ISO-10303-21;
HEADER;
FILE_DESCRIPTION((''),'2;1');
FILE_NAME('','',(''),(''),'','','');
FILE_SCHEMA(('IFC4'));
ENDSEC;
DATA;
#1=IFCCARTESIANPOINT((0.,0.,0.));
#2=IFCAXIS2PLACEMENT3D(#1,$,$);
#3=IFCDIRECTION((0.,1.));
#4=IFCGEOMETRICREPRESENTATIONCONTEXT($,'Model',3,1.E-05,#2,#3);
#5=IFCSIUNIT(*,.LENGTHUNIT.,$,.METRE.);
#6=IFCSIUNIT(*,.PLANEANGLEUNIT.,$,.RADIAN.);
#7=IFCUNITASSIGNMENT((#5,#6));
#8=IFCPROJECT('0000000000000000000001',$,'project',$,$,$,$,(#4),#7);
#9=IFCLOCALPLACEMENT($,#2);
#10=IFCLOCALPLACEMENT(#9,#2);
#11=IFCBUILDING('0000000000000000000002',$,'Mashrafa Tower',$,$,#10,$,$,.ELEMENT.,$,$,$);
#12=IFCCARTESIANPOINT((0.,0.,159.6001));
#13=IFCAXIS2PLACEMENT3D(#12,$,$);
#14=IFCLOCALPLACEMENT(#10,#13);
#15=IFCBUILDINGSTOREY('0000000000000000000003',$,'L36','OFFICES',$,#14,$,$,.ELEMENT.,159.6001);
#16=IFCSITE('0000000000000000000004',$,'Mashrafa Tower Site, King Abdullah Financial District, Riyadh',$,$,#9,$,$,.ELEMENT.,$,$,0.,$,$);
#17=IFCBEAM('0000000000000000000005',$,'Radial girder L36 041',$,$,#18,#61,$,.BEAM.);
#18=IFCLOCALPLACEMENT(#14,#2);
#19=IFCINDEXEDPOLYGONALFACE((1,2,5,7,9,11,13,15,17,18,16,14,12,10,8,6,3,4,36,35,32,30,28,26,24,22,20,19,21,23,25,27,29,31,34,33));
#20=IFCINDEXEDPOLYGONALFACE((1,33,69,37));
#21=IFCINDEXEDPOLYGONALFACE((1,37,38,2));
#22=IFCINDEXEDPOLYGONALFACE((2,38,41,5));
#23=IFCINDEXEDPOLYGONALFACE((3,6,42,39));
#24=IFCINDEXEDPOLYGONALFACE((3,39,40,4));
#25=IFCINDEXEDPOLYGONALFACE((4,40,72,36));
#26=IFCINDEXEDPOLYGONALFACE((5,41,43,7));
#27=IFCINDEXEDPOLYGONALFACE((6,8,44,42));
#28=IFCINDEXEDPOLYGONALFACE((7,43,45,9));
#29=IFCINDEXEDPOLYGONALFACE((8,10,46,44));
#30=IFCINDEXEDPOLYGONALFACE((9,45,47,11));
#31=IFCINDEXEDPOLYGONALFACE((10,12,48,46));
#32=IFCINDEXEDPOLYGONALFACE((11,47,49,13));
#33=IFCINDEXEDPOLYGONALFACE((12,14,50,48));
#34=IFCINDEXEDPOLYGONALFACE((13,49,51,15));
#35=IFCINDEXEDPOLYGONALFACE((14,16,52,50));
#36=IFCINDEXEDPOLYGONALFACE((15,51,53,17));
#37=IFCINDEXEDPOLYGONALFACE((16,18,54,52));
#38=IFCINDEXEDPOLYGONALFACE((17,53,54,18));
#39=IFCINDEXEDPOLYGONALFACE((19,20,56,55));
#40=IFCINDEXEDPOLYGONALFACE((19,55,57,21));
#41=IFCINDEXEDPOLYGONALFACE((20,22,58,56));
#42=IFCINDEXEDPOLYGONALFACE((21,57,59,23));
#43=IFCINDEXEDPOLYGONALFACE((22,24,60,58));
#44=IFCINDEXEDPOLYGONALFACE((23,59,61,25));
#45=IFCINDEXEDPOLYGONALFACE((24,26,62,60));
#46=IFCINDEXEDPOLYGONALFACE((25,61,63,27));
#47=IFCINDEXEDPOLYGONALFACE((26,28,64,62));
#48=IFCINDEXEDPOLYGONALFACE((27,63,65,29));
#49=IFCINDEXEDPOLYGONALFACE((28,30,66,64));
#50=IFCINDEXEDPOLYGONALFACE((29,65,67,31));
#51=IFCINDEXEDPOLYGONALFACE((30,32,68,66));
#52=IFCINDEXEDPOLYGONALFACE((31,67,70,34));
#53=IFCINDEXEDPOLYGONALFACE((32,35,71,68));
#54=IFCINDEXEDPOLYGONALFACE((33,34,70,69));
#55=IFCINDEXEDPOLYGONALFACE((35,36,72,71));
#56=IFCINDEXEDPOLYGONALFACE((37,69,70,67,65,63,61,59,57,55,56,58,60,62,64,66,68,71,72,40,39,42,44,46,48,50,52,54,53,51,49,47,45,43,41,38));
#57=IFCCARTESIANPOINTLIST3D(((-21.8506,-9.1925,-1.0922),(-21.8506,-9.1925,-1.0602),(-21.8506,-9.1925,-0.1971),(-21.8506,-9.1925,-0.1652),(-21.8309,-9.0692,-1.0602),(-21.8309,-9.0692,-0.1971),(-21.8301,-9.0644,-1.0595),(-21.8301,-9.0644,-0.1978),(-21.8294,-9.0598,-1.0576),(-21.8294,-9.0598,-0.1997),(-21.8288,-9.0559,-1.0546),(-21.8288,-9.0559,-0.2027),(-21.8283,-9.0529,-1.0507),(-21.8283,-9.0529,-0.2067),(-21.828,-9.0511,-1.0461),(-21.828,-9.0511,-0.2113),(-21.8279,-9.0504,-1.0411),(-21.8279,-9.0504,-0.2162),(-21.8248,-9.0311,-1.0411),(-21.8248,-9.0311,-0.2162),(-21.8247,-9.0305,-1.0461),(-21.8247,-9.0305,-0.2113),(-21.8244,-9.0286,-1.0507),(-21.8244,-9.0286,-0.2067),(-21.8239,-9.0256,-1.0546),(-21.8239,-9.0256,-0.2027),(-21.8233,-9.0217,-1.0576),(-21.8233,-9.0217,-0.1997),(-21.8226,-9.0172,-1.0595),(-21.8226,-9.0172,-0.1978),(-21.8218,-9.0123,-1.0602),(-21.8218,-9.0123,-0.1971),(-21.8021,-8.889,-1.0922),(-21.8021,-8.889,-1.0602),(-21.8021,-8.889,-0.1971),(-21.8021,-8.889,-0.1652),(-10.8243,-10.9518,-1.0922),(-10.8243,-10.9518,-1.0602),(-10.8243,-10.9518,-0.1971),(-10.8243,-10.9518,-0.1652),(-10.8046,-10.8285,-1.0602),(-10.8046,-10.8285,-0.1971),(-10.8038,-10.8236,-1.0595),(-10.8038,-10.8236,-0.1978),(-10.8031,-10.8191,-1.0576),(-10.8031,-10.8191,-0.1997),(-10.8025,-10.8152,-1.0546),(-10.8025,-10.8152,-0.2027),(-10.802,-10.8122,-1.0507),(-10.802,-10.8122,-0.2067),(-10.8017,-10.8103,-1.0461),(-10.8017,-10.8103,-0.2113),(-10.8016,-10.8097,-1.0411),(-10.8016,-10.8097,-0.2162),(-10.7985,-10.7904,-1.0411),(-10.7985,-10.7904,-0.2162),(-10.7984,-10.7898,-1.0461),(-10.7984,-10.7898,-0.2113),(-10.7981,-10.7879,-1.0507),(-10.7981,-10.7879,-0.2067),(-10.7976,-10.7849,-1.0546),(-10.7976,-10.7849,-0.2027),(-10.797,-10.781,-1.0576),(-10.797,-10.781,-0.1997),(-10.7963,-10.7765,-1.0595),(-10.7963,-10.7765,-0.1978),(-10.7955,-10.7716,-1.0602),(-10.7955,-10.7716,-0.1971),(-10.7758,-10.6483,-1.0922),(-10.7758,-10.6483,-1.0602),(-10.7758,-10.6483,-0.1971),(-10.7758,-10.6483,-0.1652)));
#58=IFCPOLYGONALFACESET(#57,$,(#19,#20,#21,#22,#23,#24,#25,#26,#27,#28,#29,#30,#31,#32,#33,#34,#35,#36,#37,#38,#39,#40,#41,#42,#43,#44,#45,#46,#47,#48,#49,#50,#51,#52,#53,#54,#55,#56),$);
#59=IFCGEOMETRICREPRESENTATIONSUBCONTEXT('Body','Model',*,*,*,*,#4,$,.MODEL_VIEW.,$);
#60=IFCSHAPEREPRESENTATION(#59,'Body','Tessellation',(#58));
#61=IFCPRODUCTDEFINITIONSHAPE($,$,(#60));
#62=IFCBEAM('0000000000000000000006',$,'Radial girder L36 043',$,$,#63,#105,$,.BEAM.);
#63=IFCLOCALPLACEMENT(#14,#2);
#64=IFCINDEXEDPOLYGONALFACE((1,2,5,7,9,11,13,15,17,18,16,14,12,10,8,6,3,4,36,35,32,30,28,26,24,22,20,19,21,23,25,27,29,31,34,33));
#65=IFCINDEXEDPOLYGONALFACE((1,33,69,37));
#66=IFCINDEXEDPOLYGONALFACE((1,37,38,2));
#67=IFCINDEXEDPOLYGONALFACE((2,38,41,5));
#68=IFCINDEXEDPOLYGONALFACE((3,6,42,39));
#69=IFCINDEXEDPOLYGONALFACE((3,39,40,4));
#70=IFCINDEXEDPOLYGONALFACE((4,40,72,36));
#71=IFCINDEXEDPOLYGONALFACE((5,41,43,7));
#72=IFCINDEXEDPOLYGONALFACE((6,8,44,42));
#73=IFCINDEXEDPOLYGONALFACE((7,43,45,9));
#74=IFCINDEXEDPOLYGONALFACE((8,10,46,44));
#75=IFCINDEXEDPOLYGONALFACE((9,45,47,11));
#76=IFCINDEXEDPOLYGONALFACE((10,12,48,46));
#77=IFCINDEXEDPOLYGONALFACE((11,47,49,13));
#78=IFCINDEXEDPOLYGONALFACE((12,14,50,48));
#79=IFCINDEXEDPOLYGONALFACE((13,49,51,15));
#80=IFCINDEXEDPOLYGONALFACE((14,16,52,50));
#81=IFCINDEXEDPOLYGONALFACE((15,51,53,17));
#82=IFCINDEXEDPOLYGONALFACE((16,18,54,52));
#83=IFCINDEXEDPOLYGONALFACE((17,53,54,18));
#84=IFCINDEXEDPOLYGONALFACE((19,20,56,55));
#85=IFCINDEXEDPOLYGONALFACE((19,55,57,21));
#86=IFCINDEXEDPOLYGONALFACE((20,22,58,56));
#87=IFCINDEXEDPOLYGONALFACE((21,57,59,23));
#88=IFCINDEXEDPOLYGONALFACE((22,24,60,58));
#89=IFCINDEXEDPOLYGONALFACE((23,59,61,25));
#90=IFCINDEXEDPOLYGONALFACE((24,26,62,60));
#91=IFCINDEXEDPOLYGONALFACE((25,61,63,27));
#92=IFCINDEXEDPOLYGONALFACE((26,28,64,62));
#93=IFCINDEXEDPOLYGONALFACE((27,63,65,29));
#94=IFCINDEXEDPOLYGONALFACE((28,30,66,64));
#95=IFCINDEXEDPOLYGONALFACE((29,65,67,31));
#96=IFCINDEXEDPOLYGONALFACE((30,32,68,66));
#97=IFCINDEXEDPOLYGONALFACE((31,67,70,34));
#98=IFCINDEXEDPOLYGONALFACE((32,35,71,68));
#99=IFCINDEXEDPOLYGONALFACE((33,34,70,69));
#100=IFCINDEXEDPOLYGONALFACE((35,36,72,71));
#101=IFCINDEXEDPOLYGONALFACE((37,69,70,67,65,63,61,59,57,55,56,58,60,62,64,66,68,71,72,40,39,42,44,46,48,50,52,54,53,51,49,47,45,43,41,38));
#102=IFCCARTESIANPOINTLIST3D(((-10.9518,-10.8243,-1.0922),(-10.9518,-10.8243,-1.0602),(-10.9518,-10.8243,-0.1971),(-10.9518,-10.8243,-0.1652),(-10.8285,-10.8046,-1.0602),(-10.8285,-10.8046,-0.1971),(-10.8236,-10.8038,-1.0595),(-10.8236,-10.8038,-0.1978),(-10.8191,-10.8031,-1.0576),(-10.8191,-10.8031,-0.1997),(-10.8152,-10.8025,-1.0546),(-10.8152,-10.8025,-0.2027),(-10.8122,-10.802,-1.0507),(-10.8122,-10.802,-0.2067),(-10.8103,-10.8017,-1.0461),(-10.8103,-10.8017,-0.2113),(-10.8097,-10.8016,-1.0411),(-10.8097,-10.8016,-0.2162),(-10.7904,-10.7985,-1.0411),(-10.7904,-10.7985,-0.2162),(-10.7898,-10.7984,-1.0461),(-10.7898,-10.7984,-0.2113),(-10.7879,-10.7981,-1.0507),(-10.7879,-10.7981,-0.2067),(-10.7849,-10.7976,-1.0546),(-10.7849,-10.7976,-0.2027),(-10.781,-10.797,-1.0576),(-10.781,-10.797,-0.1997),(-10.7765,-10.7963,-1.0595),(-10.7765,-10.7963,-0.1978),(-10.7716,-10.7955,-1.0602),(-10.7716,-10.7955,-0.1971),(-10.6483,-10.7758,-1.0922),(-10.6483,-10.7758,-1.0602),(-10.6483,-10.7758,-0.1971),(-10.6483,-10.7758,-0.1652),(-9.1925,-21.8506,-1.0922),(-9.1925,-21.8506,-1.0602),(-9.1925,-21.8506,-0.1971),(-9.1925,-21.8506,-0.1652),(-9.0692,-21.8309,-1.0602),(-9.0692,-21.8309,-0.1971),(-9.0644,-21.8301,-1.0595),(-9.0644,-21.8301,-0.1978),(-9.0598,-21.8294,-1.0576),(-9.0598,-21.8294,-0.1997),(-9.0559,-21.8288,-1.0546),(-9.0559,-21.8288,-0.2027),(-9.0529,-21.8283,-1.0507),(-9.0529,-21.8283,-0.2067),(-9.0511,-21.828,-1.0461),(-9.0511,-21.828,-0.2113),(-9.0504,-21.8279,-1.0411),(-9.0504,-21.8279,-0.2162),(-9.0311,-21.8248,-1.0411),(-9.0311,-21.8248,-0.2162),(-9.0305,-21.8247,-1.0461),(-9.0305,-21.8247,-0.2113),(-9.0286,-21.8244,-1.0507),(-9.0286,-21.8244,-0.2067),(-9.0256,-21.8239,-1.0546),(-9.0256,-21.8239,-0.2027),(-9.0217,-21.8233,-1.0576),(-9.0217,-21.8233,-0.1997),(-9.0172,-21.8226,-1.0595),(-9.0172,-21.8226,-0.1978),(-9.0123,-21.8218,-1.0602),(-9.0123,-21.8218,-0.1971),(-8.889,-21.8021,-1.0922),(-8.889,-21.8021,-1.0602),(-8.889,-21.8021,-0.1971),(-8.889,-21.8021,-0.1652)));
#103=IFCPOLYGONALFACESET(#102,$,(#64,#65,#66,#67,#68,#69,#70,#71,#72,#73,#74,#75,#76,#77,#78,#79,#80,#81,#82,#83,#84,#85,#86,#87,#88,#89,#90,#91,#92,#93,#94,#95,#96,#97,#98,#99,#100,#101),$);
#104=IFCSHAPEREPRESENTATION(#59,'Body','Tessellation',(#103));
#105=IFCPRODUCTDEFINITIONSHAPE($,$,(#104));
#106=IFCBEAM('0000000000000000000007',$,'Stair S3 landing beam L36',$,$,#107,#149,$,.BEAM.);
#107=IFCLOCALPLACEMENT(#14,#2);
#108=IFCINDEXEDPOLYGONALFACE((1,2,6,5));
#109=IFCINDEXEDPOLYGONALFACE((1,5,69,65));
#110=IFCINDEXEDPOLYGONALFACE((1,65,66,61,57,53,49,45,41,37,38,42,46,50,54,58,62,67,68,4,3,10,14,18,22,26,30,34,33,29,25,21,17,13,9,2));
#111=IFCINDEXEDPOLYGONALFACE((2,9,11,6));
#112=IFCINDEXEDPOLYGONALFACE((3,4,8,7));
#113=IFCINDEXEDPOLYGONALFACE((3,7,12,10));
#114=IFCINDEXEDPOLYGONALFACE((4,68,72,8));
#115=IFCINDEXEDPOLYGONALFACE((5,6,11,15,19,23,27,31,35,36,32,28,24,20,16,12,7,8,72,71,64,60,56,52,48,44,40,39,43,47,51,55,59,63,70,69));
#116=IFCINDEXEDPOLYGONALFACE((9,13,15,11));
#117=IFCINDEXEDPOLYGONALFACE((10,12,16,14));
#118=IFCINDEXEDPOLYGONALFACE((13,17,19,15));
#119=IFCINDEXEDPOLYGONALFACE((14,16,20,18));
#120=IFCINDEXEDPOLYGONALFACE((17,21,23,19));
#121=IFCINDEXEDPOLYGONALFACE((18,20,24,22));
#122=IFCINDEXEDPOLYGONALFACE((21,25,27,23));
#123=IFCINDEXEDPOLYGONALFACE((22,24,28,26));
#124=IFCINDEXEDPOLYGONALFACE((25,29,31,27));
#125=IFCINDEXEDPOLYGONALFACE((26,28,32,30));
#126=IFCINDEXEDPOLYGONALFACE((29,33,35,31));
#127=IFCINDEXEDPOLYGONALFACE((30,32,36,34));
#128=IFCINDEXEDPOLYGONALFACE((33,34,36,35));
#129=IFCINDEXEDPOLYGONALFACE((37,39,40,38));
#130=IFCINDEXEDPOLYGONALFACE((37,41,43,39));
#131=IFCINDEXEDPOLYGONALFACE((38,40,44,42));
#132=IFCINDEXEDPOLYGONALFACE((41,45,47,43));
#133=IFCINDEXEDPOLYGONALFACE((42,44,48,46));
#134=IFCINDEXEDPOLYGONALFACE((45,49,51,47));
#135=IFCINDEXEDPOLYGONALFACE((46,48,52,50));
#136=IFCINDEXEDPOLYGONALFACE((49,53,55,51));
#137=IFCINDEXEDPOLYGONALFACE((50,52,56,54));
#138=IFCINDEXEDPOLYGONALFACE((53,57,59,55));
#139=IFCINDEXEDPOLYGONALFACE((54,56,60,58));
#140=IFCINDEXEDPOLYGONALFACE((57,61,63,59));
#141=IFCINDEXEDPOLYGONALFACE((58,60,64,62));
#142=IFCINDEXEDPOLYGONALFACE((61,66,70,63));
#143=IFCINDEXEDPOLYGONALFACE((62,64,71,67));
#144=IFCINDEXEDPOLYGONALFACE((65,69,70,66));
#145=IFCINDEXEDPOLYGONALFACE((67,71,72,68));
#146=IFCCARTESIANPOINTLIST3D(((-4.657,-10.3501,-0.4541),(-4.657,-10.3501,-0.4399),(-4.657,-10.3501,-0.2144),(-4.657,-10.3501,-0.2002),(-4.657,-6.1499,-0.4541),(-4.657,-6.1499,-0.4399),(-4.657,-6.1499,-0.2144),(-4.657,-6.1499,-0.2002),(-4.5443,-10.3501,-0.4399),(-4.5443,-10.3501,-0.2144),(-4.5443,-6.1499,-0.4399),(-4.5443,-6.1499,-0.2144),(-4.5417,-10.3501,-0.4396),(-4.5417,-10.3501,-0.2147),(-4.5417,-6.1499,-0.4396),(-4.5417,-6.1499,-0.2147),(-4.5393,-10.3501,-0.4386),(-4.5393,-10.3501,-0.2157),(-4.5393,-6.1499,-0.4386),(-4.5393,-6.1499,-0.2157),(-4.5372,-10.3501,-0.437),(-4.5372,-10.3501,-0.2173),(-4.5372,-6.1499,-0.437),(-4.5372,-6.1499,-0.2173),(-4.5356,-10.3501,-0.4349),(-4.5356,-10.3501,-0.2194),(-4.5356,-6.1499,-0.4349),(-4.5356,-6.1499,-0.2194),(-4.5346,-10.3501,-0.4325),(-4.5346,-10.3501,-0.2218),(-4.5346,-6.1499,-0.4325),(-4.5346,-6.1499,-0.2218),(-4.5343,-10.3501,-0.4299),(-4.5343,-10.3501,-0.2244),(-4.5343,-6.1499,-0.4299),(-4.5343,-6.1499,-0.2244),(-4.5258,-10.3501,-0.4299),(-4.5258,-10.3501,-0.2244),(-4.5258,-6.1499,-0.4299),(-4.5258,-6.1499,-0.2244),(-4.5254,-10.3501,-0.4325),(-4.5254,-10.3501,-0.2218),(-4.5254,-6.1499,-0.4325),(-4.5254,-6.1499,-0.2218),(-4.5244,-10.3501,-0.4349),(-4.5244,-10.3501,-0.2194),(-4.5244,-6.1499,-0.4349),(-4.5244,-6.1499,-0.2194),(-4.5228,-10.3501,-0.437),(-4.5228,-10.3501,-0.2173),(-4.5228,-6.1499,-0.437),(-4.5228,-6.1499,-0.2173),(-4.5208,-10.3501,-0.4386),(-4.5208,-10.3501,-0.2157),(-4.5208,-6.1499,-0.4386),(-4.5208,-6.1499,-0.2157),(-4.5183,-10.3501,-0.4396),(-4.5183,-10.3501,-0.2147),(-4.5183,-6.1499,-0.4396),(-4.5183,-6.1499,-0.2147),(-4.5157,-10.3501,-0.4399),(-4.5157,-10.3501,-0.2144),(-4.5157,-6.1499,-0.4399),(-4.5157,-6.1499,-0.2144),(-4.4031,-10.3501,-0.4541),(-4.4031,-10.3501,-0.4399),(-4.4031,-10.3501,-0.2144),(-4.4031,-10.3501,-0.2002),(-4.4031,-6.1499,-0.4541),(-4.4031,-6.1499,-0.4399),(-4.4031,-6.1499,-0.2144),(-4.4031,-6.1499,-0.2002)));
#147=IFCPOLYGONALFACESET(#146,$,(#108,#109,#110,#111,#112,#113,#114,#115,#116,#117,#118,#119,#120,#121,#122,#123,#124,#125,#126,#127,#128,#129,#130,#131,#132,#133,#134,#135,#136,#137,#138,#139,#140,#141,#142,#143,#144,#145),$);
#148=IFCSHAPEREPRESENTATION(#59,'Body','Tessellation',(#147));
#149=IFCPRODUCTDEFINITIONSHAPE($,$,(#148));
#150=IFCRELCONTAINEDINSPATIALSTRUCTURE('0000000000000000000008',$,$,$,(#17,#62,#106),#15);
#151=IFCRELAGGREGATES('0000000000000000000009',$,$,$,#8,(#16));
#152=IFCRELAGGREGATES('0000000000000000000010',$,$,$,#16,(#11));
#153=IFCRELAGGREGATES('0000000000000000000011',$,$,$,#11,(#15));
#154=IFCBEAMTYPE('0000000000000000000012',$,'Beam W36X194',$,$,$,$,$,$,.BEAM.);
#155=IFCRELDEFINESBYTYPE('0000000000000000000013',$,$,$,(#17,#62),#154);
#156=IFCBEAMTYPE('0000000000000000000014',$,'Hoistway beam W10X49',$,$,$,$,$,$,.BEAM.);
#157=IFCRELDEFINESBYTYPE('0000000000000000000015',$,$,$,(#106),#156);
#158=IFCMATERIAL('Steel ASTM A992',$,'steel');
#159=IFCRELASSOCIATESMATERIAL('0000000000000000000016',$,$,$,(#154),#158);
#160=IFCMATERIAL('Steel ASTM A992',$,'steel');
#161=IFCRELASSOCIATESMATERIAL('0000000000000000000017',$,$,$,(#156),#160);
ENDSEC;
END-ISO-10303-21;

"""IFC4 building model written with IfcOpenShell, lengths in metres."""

from ifc_helpers import new_model, si_unit, direction, frame, origin, origin_2d, place, context, subcontext, project, spatial, i_section, extrude, material, material_profile, profile_set, type_object, element, save


model = new_model("IFC4")

# Units and contexts
model_context = context("Model", 3, precision=1e-05, world=origin(), true_north=direction((0.0, 1.0)))
body_context = subcontext(model_context, "Body", "Model", "MODEL_VIEW")
ifc_project = project(units=[si_unit("LENGTHUNIT", "METRE"), si_unit("PLANEANGLEUNIT", "RADIAN")], contexts=[model_context])

# Site, building, storey
site_placement = place(None, origin())
site = spatial("IfcSite", under=ifc_project, at=site_placement, Name="Mashrafa Tower Site, King Abdullah Financial District, Riyadh", CompositionType="ELEMENT", RefElevation=0.0)
building_placement = place(site_placement, origin())
building = spatial("IfcBuilding", under=site, at=building_placement, Name="Mashrafa Tower", CompositionType="ELEMENT")
storey_placement = place(building_placement, frame((0.0, 0.0, 159.6001)))
storey = spatial("IfcBuildingStorey", under=building, at=storey_placement, Name="L36", Description="OFFICES", CompositionType="ELEMENT", Elevation=159.6001)

# Beams
ifc_material_1 = material(Name="Steel ASTM A992", Category="steel")
ifc_material_profile_1 = material_profile(ifc_material_1, i_section(OverallWidth=0.3074, OverallDepth=0.927, WebThickness=0.0195, FlangeThickness=0.032, FilletRadius=0.019, at=origin_2d()), Name="W36X194")
ifc_profile_set_1 = profile_set([ifc_material_profile_1], Name="Steel ASTM A992")
beam_type_1 = type_object("IfcBeamType", Name="Beam W36X194", PredefinedType="BEAM", material=ifc_profile_set_1)
for number, where, z_axis, x_axis, name in (
    (1, (-10.8, -10.8, -0.6287), (-0.98751, 0.157559, 0.0), (-0.157559, -0.98751, 0.0), "Radial girder L36 041"),
    (2, (-10.8, -10.8, -0.6287), (0.157559, -0.98751, 0.0), (0.98751, 0.157559, 0.0), "Radial girder L36 043"),
):
    element("IfcBeam", number, at=place(storey_placement, frame(where, z_axis=z_axis, x_axis=x_axis)), inside=storey, type_object=beam_type_1, Name=name, PredefinedType="BEAM", context=body_context, shape_type="SweptSolid", body=[
        extrude(i_section(OverallWidth=0.3074, OverallDepth=0.927, WebThickness=0.0195, FlangeThickness=0.032, FilletRadius=0.019, at=origin_2d()), origin(), (0.0, 0.0, 1.0), 11.1658),
    ])
ifc_material_2 = material(Name="Steel ASTM A992", Category="steel")
ifc_material_profile_2 = material_profile(ifc_material_2, i_section(OverallWidth=0.2539, OverallDepth=0.2539, WebThickness=0.0085, FlangeThickness=0.0142, FilletRadius=0.01, at=origin_2d()), Name="W10X49")
ifc_profile_set_2 = profile_set([ifc_material_profile_2], Name="Steel ASTM A992")
beam_type_2 = type_object("IfcBeamType", Name="Hoistway beam W10X49", PredefinedType="BEAM", material=ifc_profile_set_2)
beam_1_placement = place(storey_placement, frame((-4.53, -10.3501, -0.3271), z_axis=(0.0, 1.0, 0.0), x_axis=(-1.0, 0.0, 0.0)))
element("IfcBeam", 3, at=beam_1_placement, inside=storey, type_object=beam_type_2, Name="Stair S3 landing beam L36", PredefinedType="BEAM", context=body_context, shape_type="SweptSolid", body=[
    extrude(i_section(OverallWidth=0.2539, OverallDepth=0.2539, WebThickness=0.0085, FlangeThickness=0.0142, FilletRadius=0.01, at=origin_2d()), origin(), (0.0, 0.0, 1.0), 4.2002),
])

save(model, "model.ifc")
